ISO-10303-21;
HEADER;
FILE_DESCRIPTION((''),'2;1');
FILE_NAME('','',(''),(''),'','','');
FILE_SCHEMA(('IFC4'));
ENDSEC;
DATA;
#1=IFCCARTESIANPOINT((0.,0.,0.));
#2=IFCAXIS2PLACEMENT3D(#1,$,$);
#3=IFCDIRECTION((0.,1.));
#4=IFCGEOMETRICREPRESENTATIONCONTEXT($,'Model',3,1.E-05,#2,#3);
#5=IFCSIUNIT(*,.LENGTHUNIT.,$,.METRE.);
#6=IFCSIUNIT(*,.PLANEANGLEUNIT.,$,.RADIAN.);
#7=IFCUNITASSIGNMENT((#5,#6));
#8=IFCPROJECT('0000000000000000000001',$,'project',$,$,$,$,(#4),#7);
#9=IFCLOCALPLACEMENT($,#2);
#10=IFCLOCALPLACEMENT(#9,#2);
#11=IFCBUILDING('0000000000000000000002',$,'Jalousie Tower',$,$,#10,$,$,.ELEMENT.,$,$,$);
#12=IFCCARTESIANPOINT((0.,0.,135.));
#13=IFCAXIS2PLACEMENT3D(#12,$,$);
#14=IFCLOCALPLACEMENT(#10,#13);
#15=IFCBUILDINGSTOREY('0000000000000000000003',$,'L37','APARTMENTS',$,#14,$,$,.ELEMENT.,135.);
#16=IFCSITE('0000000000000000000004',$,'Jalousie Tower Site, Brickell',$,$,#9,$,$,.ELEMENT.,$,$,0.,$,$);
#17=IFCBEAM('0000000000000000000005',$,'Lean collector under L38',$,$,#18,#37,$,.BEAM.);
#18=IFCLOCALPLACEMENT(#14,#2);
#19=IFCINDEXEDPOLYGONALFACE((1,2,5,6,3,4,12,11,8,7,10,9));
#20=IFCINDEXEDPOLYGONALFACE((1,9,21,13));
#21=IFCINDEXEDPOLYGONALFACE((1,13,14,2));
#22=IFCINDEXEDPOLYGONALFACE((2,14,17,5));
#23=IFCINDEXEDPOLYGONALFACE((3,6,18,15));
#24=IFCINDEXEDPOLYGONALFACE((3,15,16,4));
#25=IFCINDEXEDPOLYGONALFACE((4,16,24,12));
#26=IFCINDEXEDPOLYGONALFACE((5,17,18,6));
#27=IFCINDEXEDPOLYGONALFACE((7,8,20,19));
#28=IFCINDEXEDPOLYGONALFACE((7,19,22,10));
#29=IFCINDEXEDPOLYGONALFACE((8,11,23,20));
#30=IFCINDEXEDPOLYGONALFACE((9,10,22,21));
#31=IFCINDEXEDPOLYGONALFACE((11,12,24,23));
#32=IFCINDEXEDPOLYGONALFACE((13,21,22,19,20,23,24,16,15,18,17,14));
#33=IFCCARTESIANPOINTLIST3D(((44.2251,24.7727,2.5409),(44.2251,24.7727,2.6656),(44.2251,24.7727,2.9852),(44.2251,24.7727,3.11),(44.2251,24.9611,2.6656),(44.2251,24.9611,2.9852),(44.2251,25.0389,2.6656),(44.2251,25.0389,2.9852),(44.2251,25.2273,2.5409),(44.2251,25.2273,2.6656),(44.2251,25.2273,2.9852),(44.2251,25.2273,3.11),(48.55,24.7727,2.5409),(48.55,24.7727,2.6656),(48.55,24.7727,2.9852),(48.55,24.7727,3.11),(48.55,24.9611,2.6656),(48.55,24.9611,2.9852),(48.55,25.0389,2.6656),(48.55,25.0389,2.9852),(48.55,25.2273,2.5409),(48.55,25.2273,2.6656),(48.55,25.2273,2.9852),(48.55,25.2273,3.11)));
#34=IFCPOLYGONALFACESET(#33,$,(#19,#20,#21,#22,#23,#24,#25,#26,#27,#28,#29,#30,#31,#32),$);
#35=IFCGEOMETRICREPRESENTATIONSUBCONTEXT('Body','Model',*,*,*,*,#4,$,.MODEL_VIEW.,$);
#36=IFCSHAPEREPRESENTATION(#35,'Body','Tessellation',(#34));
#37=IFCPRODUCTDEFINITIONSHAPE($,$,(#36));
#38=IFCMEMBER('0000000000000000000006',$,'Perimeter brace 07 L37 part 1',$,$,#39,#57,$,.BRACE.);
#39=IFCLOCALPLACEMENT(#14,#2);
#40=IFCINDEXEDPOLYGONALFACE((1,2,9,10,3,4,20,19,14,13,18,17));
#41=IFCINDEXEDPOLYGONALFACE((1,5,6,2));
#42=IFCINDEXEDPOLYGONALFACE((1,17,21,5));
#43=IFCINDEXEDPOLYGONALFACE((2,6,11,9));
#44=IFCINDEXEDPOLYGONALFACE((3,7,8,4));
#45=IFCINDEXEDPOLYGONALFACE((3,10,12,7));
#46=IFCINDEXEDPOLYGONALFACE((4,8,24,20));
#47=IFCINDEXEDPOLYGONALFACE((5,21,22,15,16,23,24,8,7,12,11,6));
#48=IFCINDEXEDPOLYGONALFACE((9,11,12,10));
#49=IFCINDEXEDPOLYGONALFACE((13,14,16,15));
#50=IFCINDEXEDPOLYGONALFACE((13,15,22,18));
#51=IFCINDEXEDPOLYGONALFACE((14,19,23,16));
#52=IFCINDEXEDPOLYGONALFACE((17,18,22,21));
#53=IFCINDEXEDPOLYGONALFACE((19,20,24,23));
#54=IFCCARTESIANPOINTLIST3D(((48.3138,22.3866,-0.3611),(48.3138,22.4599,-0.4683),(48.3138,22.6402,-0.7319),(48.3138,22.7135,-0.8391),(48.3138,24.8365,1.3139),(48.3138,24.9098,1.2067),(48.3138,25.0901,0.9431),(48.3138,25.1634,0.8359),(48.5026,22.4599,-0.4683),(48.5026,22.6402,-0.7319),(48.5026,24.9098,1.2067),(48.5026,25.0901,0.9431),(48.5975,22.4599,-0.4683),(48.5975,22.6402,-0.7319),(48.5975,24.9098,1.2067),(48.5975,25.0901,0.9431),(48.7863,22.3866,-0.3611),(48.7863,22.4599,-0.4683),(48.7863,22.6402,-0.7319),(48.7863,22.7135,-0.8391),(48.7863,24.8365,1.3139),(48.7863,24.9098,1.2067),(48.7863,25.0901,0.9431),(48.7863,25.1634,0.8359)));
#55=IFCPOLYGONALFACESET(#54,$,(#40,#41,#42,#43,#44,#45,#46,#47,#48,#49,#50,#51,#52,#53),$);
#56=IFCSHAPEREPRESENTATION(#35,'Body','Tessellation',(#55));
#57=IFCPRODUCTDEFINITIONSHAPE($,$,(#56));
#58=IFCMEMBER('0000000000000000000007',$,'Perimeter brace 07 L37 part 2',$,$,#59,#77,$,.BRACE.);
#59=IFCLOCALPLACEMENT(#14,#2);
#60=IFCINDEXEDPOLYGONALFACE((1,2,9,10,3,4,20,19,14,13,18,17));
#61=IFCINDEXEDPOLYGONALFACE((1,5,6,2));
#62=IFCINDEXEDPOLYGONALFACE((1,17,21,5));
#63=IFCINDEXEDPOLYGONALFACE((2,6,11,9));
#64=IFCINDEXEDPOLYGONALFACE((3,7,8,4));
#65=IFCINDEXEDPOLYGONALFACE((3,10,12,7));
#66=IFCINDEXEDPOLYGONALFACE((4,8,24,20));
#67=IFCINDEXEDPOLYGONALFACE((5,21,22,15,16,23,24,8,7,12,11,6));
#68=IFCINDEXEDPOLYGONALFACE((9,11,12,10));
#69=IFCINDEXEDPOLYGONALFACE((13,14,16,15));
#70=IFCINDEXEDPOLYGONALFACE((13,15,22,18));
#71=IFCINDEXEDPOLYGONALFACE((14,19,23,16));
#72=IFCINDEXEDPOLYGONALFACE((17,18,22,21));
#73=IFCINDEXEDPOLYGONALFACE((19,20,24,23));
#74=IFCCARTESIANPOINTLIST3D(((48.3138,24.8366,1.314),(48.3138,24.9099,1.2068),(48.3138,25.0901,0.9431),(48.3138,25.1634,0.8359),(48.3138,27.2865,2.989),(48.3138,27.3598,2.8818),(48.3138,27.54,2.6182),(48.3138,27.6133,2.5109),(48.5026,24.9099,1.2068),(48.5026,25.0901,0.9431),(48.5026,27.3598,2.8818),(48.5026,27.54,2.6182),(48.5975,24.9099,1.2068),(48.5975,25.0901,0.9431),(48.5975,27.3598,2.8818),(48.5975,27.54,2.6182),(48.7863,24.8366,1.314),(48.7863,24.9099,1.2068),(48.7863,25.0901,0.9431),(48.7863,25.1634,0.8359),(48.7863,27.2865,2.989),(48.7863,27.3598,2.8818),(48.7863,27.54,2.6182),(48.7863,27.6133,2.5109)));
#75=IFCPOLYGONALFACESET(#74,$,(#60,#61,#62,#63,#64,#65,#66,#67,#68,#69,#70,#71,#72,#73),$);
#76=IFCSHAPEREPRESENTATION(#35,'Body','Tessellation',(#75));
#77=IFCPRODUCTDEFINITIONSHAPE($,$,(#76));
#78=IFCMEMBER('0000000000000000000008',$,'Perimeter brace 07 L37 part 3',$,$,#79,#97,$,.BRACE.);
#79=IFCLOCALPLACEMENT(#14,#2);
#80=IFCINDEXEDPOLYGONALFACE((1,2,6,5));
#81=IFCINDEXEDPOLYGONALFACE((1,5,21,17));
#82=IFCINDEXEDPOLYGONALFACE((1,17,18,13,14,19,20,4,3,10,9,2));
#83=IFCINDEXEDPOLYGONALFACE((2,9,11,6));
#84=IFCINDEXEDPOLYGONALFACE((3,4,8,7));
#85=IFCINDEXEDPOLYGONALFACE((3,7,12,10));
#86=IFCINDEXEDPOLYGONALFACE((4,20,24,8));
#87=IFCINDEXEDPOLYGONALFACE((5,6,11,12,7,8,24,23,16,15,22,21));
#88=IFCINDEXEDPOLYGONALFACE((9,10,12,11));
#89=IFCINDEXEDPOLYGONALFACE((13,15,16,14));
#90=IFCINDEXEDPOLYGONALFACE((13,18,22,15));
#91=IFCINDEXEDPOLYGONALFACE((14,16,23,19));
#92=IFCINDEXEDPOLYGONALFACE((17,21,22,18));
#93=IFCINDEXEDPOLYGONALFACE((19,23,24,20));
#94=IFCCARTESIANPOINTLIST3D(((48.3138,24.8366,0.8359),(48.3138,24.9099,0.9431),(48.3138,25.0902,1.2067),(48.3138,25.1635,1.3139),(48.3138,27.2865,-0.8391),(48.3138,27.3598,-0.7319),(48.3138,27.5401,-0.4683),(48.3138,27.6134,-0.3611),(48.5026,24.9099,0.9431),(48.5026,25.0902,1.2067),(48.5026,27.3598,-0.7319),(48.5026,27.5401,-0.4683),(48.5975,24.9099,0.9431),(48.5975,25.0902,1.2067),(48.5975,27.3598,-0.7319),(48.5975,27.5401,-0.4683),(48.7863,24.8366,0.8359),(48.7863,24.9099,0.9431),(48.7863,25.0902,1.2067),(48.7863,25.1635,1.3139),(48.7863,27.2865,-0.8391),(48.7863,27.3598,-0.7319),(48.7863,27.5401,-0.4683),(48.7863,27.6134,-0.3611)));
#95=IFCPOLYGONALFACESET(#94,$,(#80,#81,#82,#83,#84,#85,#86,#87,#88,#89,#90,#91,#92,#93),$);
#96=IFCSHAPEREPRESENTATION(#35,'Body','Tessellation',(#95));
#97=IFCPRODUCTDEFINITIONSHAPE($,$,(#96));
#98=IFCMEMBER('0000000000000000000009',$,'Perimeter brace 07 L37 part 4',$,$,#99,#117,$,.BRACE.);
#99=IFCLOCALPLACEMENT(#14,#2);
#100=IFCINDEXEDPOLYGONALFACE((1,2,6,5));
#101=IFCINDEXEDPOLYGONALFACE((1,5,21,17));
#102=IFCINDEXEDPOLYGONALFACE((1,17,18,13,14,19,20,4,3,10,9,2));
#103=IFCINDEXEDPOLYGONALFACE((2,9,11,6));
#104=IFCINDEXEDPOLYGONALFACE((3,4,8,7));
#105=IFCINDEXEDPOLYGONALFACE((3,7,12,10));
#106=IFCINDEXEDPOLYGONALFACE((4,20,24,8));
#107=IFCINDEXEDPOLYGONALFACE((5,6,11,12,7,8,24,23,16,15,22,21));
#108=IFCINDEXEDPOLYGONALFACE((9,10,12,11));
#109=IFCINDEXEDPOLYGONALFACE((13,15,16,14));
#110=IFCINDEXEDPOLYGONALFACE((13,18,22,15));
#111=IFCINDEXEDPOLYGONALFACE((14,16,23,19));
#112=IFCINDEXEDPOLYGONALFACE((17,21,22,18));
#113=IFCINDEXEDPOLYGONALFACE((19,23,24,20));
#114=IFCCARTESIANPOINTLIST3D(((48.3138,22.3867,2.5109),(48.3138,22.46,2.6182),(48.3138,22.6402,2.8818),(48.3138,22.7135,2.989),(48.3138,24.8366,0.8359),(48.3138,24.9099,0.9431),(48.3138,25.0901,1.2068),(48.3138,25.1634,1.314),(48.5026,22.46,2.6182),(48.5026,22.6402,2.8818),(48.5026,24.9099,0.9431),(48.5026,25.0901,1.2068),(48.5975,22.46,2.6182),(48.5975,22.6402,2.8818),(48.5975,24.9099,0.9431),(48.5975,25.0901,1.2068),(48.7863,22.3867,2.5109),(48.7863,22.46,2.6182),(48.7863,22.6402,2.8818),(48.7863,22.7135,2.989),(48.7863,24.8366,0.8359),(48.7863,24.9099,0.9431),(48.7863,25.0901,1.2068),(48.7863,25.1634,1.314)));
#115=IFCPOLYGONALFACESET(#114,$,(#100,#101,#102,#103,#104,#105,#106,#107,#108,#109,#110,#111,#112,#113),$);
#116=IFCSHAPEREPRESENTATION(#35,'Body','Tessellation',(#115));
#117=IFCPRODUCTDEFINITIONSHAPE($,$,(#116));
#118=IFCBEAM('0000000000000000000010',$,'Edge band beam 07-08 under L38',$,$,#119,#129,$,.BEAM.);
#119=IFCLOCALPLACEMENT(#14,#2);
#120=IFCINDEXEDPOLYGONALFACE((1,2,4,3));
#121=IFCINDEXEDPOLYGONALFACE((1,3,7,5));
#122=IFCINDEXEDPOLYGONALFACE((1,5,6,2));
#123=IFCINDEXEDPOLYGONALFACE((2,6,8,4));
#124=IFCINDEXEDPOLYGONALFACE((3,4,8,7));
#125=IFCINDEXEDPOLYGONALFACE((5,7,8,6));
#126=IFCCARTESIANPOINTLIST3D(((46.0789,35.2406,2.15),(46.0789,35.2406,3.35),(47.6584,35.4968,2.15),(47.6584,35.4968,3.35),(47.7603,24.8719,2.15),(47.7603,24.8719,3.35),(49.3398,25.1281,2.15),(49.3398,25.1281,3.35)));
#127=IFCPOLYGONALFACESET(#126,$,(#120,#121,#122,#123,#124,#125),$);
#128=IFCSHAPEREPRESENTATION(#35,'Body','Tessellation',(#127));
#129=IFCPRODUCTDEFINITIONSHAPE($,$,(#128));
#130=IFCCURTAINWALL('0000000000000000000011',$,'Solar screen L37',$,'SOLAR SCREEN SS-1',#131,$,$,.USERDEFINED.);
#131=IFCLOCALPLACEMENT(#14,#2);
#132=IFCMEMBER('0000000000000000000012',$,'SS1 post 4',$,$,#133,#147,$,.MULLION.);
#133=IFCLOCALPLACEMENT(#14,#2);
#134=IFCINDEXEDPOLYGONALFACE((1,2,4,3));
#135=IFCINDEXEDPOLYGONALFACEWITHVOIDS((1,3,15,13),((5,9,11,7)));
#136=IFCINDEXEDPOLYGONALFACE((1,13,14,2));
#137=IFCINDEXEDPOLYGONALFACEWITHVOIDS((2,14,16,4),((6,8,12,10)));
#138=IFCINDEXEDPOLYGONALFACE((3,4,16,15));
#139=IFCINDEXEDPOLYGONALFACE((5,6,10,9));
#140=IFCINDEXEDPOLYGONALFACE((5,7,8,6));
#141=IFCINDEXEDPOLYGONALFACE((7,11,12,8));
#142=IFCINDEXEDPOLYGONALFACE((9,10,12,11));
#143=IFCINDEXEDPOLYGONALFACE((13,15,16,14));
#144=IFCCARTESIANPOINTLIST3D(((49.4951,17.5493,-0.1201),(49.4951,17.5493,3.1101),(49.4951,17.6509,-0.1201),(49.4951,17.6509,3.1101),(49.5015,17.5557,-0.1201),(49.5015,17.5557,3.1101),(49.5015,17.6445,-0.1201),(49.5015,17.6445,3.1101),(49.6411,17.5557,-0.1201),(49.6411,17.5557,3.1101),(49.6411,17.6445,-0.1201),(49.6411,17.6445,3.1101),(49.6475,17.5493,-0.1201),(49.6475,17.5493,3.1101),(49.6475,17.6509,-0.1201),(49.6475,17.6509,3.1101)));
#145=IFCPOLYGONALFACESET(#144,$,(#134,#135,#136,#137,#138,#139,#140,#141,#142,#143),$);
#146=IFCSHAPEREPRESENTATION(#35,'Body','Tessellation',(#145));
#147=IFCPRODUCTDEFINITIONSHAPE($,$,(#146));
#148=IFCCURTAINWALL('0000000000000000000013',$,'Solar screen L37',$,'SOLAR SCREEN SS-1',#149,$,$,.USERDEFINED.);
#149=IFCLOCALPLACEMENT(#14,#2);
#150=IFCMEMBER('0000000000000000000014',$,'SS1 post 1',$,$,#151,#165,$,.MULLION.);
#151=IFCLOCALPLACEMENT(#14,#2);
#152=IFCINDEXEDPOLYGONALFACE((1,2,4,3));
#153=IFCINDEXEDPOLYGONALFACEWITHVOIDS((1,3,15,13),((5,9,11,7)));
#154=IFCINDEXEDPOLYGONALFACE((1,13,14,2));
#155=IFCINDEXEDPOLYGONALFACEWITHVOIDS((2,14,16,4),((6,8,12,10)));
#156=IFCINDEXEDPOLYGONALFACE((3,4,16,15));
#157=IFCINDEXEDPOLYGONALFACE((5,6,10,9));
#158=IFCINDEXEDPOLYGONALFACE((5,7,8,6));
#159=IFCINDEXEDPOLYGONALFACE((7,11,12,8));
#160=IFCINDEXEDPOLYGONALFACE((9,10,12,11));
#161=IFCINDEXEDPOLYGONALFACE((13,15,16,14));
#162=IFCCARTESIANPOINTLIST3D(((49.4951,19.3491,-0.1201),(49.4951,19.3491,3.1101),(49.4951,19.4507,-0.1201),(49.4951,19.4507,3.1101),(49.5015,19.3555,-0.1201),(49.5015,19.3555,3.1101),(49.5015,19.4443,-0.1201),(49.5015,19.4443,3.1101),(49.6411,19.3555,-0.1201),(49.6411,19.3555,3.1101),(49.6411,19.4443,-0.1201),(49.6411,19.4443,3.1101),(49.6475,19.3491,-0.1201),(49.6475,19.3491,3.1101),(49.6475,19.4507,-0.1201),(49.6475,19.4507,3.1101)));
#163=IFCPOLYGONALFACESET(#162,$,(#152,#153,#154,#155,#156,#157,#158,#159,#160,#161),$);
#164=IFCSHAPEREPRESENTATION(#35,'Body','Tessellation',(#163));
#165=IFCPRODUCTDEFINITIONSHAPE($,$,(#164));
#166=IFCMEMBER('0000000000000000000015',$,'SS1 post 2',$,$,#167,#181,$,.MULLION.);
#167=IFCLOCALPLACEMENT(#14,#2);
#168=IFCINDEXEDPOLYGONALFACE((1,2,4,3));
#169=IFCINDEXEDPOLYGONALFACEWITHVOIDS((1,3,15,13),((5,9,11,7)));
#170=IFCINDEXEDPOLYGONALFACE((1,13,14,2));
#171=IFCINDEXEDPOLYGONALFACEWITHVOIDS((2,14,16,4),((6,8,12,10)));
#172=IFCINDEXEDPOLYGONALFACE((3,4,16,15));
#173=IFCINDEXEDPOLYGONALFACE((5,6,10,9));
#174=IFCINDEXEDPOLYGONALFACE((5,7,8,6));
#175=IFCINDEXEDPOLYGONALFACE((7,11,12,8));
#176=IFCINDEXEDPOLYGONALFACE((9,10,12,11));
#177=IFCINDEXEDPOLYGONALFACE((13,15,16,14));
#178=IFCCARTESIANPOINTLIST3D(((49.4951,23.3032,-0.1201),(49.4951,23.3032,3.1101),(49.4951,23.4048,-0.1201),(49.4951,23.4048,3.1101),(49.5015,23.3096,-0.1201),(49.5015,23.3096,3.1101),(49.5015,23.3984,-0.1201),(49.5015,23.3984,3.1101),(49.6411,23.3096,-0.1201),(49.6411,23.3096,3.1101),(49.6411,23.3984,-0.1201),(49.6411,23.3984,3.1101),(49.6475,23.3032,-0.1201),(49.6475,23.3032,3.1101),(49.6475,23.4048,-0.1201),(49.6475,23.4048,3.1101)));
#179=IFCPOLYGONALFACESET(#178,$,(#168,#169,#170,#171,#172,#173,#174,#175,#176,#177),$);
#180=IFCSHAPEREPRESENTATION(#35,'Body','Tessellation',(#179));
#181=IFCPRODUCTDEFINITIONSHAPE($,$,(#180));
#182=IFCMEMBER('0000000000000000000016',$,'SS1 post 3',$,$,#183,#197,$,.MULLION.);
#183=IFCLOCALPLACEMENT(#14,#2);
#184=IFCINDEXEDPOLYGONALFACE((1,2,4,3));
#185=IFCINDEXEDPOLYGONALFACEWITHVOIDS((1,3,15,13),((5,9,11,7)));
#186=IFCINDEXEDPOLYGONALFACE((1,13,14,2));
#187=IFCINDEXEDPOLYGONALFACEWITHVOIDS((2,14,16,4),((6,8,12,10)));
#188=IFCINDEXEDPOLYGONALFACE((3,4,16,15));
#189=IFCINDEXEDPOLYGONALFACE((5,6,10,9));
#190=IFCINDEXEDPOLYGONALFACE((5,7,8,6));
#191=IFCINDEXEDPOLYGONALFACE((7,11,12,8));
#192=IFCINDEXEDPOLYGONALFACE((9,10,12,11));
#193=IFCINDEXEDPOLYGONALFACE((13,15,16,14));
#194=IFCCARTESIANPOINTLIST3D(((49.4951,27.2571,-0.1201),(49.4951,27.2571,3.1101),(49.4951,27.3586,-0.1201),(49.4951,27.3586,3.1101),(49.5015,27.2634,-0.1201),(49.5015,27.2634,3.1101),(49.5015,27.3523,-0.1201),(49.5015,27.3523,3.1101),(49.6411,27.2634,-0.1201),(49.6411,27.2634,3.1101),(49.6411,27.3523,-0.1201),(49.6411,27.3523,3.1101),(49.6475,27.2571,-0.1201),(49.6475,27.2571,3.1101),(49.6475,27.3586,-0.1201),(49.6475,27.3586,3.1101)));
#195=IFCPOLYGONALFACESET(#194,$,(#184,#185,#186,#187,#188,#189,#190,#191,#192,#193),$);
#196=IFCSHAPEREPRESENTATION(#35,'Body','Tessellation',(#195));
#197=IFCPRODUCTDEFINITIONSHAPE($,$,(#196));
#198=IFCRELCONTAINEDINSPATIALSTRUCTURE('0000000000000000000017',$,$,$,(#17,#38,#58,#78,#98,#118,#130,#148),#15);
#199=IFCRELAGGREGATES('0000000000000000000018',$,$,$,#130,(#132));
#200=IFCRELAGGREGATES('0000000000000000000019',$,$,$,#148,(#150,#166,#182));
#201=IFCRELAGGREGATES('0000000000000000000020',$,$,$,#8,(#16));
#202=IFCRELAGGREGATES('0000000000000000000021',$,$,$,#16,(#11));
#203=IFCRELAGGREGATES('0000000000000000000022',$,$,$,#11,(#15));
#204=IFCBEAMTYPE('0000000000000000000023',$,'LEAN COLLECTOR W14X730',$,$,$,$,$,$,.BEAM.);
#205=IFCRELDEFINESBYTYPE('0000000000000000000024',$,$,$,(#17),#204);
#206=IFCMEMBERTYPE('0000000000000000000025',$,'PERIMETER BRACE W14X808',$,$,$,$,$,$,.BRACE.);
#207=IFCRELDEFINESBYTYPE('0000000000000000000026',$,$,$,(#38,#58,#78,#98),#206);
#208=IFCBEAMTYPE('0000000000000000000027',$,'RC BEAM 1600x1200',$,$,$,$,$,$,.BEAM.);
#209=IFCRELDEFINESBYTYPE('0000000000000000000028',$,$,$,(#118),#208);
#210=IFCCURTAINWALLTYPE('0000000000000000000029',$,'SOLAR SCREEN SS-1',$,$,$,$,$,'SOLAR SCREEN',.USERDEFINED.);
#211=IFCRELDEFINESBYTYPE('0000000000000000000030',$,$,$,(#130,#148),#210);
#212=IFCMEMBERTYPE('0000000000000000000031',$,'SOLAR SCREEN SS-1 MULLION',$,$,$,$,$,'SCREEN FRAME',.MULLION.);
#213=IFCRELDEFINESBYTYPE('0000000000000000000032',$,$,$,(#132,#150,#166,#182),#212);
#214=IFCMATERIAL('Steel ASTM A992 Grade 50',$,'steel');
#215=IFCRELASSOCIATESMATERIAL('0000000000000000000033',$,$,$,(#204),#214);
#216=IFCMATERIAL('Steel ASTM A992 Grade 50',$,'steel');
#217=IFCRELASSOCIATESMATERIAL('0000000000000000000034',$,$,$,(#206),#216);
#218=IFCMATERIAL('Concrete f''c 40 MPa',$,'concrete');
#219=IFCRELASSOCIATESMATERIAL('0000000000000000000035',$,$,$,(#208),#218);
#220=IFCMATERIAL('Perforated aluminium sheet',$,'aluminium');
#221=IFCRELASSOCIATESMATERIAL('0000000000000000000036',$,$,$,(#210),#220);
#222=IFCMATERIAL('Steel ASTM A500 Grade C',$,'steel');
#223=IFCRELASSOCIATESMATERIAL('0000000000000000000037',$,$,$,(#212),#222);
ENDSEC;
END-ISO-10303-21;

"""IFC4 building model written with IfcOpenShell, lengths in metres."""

from ifc_helpers import new_model, si_unit, direction, frame, origin, origin_2d, place, context, subcontext, project, spatial, rectangle, hollow_rectangle, i_section, extrude, material, material_profile, profile_set, type_object, element, aggregate, save


model = new_model("IFC4")

# Units and contexts
model_context = context("Model", 3, precision=1e-05, world=origin(), true_north=direction((0.0, 1.0)))
body_context = subcontext(model_context, "Body", "Model", "MODEL_VIEW")
ifc_project = project(units=[si_unit("LENGTHUNIT", "METRE"), si_unit("PLANEANGLEUNIT", "RADIAN")], contexts=[model_context])

# Site, building, storey
site_placement = place(None, origin())
site = spatial("IfcSite", under=ifc_project, at=site_placement, Name="Jalousie Tower Site, Brickell", CompositionType="ELEMENT", RefElevation=0.0)
building_placement = place(site_placement, origin())
building = spatial("IfcBuilding", under=site, at=building_placement, Name="Jalousie Tower", CompositionType="ELEMENT")
storey_placement = place(building_placement, frame((0.0, 0.0, 135.0)))
storey = spatial("IfcBuildingStorey", under=building, at=storey_placement, Name="L37", Description="APARTMENTS", CompositionType="ELEMENT", Elevation=135.0)

# Beam
ifc_material_1 = material(Name="Steel ASTM A992 Grade 50", Category="steel")
ifc_material_profile_1 = material_profile(ifc_material_1, i_section(OverallWidth=0.4546, OverallDepth=0.5691, WebThickness=0.0779, FlangeThickness=0.1248, at=origin_2d()), Name="W14X730")
ifc_profile_set_1 = profile_set([ifc_material_profile_1], Name="Steel ASTM A992 Grade 50")
beam_type_1 = type_object("IfcBeamType", Name="LEAN COLLECTOR W14X730", PredefinedType="BEAM", material=ifc_profile_set_1)
beam_1_placement = place(storey_placement, frame((48.55, 25.0, 2.8254), z_axis=(-1.0, 0.0, 0.0), x_axis=(0.0, -1.0, 0.0)))
element("IfcBeam", 1, at=beam_1_placement, inside=storey, type_object=beam_type_1, Name="Lean collector under L38", PredefinedType="BEAM", context=body_context, shape_type="SweptSolid", body=[
    extrude(i_section(OverallWidth=0.4546, OverallDepth=0.5691, WebThickness=0.0779, FlangeThickness=0.1248, at=origin_2d()), origin(), (0.0, 0.0, 1.0), 4.325),
])

# Members
ifc_material_2 = material(Name="Steel ASTM A992 Grade 50", Category="steel")
ifc_material_profile_2 = material_profile(ifc_material_2, i_section(OverallWidth=0.4724, OverallDepth=0.5791, WebThickness=0.095, FlangeThickness=0.1299, at=origin_2d()), Name="W14X808")
ifc_profile_set_2 = profile_set([ifc_material_profile_2], Name="Steel ASTM A992 Grade 50")
member_type_1 = type_object("IfcMemberType", Name="PERIMETER BRACE W14X808", PredefinedType="BRACE", material=ifc_profile_set_2)
for number, where, z_axis, x_axis, name in (
    (2, (48.55, 22.55, -0.6001), (0.0, 0.825501, 0.564401), (-1.0, 0.0, 0.0), "Perimeter brace 07 L37 part 1"),
    (3, (48.55, 25.0, 1.075), (0.0, 0.825501, 0.564401), (-1.0, 0.0, 0.0), "Perimeter brace 07 L37 part 2"),
    (4, (48.55, 27.45, -0.6001), (0.0, -0.825501, 0.564401), (1.0, 0.0, 0.0), "Perimeter brace 07 L37 part 3"),
    (5, (48.55, 25.0, 1.075), (0.0, -0.825501, 0.564401), (1.0, 0.0, 0.0), "Perimeter brace 07 L37 part 4"),
):
    element("IfcMember", number, at=place(storey_placement, frame(where, z_axis=z_axis, x_axis=x_axis)), inside=storey, type_object=member_type_1, Name=name, PredefinedType="BRACE", context=body_context, shape_type="SweptSolid", body=[
        extrude(i_section(OverallWidth=0.4724, OverallDepth=0.5791, WebThickness=0.095, FlangeThickness=0.1299, at=origin_2d()), origin(), (0.0, 0.0, 1.0), 2.9678),
    ])

# Beam
ifc_material_3 = material(Name="Concrete f'c 40 MPa", Category="concrete")
ifc_material_profile_3 = material_profile(ifc_material_3, rectangle(XDim=1.6001, YDim=1.2, at=origin_2d()), Name="RC 1600x1200")
ifc_profile_set_3 = profile_set([ifc_material_profile_3], Name="Concrete f'c 40 MPa")
beam_type_2 = type_object("IfcBeamType", Name="RC BEAM 1600x1200", PredefinedType="BEAM", material=ifc_profile_set_3)
beam_2_placement = place(storey_placement, frame((48.55, 25.0, 2.75), z_axis=(-0.160071, 0.987106, 0.0), x_axis=(-0.987106, -0.160071, 0.0)))
element("IfcBeam", 6, at=beam_2_placement, inside=storey, type_object=beam_type_2, Name="Edge band beam 07-08 under L38", PredefinedType="BEAM", context=body_context, shape_type="SweptSolid", body=[
    extrude(rectangle(XDim=1.6001, YDim=1.2, at=origin_2d()), origin(), (0.0, 0.0, 1.0), 10.5042),
])

# Curtain wall, member
ifc_material_4 = material(Name="Perforated aluminium sheet", Category="aluminium")
curtain_wall_type = type_object("IfcCurtainWallType", Name="SOLAR SCREEN SS-1", ElementType="SOLAR SCREEN", PredefinedType="USERDEFINED", material=ifc_material_4)
curtain_wall_1_placement = place(storey_placement, origin())
curtain_wall_1 = element("IfcCurtainWall", 7, at=curtain_wall_1_placement, inside=storey, type_object=curtain_wall_type, Name="Solar screen L37", ObjectType="SOLAR SCREEN SS-1", PredefinedType="USERDEFINED")
ifc_material_5 = material(Name="Steel ASTM A500 Grade C", Category="steel")
ifc_material_profile_4 = material_profile(ifc_material_5, hollow_rectangle(XDim=0.1016, YDim=0.1523, WallThickness=0.0063, at=origin_2d()), Name="HSS6X4X1/4")
ifc_profile_set_4 = profile_set([ifc_material_profile_4], Name="Steel ASTM A500 Grade C")
member_type_2 = type_object("IfcMemberType", Name="SOLAR SCREEN SS-1 MULLION", ElementType="SCREEN FRAME", PredefinedType="MULLION", material=ifc_profile_set_4)
member_1_placement = place(storey_placement, frame((49.5713, 17.6001, -0.1201), z_axis=(0.0, 0.0, 1.0), x_axis=(0.0, 1.0, 0.0)))
member_1 = element("IfcMember", 8, at=member_1_placement, type_object=member_type_2, Name="SS1 post 4", PredefinedType="MULLION", context=body_context, shape_type="SweptSolid", body=[
    extrude(hollow_rectangle(XDim=0.1016, YDim=0.1523, WallThickness=0.0063, at=origin_2d()), origin(), (0.0, 0.0, 1.0), 3.2302),
])
aggregate(curtain_wall_1, [member_1])

# Curtain wall, members
curtain_wall_2_placement = place(storey_placement, origin())
curtain_wall_2 = element("IfcCurtainWall", 9, at=curtain_wall_2_placement, inside=storey, type_object=curtain_wall_type, Name="Solar screen L37", ObjectType="SOLAR SCREEN SS-1", PredefinedType="USERDEFINED")
member_2_placement = place(storey_placement, frame((49.5713, 19.3999, -0.1201), z_axis=(0.0, 0.0, 1.0), x_axis=(0.0, 1.0, 0.0)))
member_2 = element("IfcMember", 10, at=member_2_placement, type_object=member_type_2, Name="SS1 post 1", PredefinedType="MULLION", context=body_context, shape_type="SweptSolid", body=[
    extrude(hollow_rectangle(XDim=0.1016, YDim=0.1523, WallThickness=0.0063, at=origin_2d()), origin(), (0.0, 0.0, 1.0), 3.2302),
])
member_3_placement = place(storey_placement, frame((49.5713, 23.354, -0.1201), z_axis=(0.0, 0.0, 1.0), x_axis=(0.0, 1.0, 0.0)))
member_3 = element("IfcMember", 11, at=member_3_placement, type_object=member_type_2, Name="SS1 post 2", PredefinedType="MULLION", context=body_context, shape_type="SweptSolid", body=[
    extrude(hollow_rectangle(XDim=0.1016, YDim=0.1523, WallThickness=0.0063, at=origin_2d()), origin(), (0.0, 0.0, 1.0), 3.2302),
])
member_4_placement = place(storey_placement, frame((49.5713, 27.3079, -0.1201), z_axis=(0.0, 0.0, 1.0), x_axis=(0.0, 1.0, 0.0)))
member_4 = element("IfcMember", 12, at=member_4_placement, type_object=member_type_2, Name="SS1 post 3", PredefinedType="MULLION", context=body_context, shape_type="SweptSolid", body=[
    extrude(hollow_rectangle(XDim=0.1016, YDim=0.1523, WallThickness=0.0063, at=origin_2d()), origin(), (0.0, 0.0, 1.0), 3.2302),
])
aggregate(curtain_wall_2, [member_2, member_3, member_4])

save(model, "model.ifc")
